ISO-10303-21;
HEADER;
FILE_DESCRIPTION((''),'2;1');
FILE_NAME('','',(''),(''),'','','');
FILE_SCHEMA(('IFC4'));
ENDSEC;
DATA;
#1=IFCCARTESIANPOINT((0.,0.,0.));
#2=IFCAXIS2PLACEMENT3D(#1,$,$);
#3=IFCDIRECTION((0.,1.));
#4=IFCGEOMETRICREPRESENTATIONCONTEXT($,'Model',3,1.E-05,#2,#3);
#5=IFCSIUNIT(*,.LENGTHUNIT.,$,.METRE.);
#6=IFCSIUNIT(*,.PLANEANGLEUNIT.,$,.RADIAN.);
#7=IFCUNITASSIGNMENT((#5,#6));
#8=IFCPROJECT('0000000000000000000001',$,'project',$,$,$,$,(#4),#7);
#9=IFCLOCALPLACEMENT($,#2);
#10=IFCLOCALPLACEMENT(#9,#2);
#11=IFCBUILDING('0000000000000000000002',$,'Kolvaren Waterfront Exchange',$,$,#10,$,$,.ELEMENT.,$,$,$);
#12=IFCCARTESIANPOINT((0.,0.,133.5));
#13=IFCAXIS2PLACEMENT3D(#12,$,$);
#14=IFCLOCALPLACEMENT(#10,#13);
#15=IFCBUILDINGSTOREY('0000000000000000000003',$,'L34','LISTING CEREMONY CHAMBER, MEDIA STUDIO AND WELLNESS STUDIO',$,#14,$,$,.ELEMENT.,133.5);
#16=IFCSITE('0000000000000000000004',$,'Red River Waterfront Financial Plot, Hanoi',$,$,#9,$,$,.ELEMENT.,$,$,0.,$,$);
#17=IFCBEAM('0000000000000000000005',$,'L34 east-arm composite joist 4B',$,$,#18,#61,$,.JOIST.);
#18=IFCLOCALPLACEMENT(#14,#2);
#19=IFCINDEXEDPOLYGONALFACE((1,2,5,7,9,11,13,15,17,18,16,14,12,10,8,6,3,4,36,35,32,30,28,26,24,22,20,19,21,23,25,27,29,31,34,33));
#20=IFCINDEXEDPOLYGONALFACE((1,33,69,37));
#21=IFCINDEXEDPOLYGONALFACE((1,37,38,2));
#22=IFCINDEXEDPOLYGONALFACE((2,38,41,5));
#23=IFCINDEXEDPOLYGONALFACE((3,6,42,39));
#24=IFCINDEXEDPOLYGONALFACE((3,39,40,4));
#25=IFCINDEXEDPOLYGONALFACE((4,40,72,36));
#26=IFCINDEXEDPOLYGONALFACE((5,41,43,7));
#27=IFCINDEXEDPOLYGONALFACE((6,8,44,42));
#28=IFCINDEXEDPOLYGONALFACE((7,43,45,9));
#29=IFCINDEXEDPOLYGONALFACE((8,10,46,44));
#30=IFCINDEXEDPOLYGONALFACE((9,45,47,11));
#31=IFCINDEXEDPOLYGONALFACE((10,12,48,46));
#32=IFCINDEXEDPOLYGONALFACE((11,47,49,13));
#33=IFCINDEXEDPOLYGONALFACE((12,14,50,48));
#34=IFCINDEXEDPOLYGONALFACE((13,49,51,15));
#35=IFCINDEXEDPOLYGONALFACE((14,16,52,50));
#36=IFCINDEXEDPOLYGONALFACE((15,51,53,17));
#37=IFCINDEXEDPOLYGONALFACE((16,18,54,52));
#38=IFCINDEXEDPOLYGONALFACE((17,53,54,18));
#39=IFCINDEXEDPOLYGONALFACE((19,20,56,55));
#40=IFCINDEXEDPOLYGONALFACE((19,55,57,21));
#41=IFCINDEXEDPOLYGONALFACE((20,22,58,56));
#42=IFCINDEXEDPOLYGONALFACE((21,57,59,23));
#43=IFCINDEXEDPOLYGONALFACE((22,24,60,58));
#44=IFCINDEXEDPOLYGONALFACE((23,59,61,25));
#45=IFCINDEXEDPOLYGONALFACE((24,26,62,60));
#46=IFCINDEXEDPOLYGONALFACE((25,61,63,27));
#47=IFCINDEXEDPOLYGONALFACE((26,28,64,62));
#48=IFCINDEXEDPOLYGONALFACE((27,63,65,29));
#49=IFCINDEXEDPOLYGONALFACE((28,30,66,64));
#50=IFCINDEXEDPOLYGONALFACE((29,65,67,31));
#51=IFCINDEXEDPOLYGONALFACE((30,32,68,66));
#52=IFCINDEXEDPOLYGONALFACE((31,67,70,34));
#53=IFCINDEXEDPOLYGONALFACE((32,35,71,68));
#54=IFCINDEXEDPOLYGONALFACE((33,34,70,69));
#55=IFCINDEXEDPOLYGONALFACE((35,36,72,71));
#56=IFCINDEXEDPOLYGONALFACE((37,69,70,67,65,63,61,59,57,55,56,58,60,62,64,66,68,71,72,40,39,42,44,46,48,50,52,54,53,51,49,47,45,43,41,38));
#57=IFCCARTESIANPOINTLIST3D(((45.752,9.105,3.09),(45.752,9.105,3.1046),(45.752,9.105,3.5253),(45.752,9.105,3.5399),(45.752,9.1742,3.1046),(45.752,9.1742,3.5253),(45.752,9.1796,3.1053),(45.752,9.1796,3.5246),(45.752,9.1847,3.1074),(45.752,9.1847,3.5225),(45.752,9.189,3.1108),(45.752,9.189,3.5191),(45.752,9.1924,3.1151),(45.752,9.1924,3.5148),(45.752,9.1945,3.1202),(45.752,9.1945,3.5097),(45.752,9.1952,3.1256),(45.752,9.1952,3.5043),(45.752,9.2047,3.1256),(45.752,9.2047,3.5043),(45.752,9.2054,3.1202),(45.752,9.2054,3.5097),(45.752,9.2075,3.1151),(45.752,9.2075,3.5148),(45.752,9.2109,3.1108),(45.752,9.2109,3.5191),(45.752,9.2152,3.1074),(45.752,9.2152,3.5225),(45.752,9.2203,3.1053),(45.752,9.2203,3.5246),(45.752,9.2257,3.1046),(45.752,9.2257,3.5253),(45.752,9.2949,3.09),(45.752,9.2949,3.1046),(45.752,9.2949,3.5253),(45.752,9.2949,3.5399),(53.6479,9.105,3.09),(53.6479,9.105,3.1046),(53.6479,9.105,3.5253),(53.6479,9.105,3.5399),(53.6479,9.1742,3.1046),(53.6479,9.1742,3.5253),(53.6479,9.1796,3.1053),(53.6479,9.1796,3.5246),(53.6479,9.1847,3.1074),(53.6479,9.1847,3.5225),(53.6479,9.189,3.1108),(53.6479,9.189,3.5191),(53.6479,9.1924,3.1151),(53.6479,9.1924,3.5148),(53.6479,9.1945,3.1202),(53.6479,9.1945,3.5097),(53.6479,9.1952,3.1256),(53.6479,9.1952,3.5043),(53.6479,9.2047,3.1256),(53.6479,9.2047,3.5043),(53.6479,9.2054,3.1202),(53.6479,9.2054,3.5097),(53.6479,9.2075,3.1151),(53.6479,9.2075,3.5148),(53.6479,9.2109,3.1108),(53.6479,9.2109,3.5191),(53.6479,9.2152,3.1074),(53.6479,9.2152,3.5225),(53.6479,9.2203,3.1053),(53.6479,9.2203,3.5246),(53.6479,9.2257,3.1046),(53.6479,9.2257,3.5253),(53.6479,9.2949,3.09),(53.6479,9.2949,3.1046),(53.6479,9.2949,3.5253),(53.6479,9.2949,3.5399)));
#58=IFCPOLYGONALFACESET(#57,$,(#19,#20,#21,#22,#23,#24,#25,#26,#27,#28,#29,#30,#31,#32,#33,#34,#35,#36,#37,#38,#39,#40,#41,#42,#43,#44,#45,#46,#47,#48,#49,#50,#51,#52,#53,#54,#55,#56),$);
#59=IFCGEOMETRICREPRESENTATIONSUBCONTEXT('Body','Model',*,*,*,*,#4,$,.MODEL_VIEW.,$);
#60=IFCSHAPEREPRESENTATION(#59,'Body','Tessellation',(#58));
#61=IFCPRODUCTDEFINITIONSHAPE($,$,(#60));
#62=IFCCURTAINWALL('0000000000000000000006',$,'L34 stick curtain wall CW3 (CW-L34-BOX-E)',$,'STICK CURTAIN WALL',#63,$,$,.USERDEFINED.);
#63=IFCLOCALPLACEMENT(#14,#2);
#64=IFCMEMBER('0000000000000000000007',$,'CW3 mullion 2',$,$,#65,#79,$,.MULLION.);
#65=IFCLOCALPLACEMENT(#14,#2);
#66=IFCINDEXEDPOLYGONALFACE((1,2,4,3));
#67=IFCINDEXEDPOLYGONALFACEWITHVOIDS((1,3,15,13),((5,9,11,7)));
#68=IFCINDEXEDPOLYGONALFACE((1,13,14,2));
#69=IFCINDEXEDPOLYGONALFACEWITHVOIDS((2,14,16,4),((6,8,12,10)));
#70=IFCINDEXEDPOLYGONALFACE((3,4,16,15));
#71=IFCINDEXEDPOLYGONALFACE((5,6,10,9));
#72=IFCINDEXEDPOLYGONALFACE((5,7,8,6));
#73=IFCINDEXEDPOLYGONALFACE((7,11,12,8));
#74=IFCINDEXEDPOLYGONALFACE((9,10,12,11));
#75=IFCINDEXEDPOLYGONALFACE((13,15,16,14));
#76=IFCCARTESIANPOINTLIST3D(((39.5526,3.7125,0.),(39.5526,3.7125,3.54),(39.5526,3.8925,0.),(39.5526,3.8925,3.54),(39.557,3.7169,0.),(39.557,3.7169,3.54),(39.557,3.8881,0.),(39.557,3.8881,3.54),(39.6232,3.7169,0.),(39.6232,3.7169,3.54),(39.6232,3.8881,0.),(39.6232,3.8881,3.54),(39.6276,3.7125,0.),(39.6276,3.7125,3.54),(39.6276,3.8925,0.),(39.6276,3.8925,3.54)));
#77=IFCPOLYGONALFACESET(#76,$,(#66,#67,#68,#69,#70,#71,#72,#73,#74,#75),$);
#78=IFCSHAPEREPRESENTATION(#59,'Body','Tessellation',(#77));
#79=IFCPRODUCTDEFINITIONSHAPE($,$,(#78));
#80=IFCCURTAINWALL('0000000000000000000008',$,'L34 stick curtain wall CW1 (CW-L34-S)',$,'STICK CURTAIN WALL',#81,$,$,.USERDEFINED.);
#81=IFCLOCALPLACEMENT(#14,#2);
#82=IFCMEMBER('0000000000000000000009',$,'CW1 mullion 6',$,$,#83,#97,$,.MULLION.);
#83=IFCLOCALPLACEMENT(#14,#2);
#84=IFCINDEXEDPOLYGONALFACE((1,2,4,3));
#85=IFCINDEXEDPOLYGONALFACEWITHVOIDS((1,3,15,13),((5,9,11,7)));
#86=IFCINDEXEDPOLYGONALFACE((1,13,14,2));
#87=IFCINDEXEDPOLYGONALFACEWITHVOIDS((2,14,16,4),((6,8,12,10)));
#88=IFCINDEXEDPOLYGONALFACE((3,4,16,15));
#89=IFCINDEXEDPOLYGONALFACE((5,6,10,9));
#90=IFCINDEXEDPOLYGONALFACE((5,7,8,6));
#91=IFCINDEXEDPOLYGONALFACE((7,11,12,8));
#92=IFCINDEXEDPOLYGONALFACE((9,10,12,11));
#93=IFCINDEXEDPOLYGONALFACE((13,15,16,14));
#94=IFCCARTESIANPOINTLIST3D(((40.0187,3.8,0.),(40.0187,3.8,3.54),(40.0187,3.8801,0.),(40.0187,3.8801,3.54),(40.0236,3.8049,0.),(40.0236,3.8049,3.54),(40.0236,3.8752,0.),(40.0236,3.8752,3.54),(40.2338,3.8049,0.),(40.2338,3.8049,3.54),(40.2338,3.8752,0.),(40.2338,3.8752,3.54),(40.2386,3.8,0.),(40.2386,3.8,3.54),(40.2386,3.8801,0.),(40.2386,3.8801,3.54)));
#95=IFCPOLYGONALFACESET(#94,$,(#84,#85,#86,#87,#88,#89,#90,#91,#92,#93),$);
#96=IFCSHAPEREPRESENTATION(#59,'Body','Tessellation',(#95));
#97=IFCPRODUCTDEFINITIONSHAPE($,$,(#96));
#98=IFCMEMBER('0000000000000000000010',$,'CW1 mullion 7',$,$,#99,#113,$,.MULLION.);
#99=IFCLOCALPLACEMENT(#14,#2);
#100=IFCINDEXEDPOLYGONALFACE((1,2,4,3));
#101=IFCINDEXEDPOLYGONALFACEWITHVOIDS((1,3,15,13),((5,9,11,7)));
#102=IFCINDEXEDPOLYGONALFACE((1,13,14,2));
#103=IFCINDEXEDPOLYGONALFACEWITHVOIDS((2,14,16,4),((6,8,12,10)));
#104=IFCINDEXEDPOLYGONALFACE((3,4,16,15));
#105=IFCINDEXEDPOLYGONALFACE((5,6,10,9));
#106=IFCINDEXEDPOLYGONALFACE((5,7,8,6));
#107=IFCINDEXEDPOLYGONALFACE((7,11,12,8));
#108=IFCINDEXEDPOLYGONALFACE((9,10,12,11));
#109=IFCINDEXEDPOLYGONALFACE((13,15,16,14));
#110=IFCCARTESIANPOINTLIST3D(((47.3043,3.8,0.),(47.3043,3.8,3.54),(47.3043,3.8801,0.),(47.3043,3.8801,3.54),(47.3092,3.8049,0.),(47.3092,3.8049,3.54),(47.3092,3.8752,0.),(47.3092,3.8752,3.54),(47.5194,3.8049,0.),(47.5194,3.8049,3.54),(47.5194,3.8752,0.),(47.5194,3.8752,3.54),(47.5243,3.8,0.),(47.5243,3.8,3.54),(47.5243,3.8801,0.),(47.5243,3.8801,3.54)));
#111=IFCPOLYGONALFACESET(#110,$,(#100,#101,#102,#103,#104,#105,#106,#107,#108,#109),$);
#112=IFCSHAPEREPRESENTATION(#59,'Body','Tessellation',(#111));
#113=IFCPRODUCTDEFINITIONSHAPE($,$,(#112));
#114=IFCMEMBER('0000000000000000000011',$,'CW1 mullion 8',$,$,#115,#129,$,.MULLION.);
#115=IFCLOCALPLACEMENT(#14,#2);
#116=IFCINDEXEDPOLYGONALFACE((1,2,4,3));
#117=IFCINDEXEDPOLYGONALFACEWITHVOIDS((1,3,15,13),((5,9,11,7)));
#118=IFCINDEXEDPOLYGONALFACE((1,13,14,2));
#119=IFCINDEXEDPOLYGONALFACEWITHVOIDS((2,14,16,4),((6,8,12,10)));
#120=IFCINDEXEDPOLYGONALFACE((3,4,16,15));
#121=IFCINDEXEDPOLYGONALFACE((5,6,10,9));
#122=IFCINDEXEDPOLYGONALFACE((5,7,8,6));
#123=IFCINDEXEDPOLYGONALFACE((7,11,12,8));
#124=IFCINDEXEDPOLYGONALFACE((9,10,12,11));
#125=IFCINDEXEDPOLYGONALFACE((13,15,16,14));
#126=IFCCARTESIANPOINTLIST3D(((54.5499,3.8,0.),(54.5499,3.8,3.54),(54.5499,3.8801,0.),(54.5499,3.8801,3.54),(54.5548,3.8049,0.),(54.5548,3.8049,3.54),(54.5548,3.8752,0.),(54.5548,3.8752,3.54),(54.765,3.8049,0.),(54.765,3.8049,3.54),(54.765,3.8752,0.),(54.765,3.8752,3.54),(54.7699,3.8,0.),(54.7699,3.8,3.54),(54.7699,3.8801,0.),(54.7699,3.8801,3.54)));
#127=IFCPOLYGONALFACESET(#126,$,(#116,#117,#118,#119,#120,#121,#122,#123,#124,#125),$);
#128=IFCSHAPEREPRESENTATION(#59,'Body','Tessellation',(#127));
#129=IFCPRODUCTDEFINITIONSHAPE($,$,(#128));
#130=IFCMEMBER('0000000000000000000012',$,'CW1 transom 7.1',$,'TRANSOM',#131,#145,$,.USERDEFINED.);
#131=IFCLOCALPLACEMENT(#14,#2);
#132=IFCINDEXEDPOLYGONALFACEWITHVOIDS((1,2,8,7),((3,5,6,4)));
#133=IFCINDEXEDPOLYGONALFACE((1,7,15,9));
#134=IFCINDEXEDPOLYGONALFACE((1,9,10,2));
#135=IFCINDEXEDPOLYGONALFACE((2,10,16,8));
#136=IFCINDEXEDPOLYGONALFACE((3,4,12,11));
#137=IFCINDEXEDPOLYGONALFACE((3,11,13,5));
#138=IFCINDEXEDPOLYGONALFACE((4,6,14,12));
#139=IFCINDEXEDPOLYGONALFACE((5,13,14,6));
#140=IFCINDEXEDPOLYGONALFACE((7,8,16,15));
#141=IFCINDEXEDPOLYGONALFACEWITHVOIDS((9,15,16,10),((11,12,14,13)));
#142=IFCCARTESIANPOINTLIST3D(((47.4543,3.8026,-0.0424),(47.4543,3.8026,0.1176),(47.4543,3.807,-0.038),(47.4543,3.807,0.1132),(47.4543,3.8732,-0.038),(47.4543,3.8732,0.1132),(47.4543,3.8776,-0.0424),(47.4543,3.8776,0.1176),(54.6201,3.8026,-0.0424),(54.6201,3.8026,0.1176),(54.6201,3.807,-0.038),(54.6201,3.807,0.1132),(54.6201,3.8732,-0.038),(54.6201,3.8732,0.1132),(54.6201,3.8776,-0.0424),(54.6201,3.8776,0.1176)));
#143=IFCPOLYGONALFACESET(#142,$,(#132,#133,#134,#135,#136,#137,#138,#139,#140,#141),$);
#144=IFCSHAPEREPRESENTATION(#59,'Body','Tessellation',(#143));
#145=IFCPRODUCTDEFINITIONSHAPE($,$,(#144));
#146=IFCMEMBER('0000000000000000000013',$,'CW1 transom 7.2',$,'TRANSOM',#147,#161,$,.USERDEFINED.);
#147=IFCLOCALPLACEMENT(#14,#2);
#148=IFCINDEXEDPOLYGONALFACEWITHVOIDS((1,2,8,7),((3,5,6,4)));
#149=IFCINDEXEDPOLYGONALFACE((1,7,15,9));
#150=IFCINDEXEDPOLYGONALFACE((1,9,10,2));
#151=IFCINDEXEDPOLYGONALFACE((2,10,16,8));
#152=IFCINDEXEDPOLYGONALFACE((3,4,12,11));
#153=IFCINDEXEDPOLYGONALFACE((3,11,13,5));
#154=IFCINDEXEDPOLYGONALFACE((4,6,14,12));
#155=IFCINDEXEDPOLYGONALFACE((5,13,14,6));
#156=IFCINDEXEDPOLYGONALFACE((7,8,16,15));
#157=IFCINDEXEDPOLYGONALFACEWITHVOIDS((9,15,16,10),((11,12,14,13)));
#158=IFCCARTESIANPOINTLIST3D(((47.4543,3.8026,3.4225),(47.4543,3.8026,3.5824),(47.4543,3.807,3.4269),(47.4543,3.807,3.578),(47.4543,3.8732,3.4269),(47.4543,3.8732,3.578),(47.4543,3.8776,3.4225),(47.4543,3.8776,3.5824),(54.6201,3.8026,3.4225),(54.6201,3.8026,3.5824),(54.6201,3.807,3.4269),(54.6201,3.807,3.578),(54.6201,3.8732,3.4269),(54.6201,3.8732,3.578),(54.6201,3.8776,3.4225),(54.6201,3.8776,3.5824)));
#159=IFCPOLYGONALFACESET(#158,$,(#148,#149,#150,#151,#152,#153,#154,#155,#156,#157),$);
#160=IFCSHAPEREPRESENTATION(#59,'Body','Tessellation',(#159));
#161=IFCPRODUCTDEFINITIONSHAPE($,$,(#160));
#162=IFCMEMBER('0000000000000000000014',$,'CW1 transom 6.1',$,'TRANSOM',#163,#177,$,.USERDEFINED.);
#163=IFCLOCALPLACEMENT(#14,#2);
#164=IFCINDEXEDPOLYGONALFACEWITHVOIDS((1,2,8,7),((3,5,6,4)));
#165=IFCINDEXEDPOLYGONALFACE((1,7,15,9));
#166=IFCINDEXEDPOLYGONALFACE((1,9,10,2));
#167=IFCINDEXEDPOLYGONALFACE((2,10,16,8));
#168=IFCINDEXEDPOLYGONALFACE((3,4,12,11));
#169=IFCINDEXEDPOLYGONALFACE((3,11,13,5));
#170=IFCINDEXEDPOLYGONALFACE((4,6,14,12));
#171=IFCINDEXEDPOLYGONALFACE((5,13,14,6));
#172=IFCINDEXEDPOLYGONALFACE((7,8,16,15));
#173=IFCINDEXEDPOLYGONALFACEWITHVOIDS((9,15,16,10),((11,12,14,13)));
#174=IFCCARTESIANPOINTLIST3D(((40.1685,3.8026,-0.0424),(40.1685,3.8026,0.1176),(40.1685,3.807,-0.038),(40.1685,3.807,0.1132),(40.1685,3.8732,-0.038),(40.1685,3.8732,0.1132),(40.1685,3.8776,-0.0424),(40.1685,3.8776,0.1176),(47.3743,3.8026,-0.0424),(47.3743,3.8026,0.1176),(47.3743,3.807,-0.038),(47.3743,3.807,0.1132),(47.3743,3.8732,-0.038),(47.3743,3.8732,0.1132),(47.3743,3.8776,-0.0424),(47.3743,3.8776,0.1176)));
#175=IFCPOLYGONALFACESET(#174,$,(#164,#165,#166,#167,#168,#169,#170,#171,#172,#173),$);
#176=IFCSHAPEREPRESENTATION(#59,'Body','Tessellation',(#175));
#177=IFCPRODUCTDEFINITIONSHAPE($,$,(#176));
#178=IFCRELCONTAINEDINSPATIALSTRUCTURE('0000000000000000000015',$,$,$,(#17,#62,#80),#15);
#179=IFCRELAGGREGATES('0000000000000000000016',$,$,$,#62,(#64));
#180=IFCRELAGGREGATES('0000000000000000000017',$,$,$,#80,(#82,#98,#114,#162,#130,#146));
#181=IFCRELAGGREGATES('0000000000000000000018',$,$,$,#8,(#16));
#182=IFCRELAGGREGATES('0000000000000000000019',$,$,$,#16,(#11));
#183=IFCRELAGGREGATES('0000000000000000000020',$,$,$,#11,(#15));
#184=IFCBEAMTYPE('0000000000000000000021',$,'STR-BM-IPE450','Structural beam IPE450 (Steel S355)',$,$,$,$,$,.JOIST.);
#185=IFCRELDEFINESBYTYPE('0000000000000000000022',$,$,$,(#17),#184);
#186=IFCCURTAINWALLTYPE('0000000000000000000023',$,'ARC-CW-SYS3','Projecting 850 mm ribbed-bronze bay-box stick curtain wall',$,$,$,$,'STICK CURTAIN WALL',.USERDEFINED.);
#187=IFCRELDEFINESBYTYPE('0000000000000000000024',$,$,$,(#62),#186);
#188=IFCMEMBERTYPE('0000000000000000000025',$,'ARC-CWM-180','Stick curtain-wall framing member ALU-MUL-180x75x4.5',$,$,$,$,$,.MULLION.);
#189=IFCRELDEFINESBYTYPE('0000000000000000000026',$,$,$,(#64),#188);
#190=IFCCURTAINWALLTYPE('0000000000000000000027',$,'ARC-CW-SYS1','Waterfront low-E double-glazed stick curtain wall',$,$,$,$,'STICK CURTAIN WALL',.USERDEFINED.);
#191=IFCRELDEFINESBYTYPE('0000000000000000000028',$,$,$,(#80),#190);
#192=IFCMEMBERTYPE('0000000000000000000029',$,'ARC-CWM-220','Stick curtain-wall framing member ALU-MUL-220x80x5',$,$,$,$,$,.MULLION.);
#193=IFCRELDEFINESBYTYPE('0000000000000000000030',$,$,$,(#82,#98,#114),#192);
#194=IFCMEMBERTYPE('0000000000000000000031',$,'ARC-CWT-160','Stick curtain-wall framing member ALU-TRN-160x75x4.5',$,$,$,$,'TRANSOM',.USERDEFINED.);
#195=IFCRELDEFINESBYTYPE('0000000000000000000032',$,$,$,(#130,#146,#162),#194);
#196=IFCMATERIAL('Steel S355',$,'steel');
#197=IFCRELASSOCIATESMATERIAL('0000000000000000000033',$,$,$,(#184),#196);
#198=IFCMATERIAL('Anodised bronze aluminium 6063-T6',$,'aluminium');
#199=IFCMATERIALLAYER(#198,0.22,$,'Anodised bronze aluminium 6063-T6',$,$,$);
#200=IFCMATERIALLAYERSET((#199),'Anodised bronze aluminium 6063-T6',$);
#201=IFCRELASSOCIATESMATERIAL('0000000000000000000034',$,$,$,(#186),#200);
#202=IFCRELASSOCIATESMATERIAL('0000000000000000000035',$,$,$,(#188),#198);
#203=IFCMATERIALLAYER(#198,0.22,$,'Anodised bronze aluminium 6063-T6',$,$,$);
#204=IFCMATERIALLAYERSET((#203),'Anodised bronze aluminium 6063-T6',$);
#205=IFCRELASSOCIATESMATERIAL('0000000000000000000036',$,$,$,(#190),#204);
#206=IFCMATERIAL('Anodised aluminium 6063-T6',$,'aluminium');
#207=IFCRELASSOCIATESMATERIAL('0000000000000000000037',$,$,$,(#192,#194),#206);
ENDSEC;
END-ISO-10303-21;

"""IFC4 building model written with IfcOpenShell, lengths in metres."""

from ifc_helpers import new_model, si_unit, direction, frame, origin, origin_with_axes, origin_2d, place, context, subcontext, project, spatial, hollow_rectangle, i_section, extrude, source, transform, mapped, material, layer, layer_set, material_profile, profile_set, type_object, element, aggregate, save


model = new_model("IFC4")

# Units and contexts
model_context = context("Model", 3, precision=1e-05, world=origin(), true_north=direction((0.0, 1.0)))
body_context = subcontext(model_context, "Body", "Model", "MODEL_VIEW")
ifc_project = project(units=[si_unit("LENGTHUNIT", "METRE"), si_unit("PLANEANGLEUNIT", "RADIAN")], contexts=[model_context])

# Site, building, storey
site_placement = place(None, origin())
site = spatial("IfcSite", under=ifc_project, at=site_placement, Name="Red River Waterfront Financial Plot, Hanoi", CompositionType="ELEMENT", RefElevation=0.0)
building_placement = place(site_placement, origin())
building = spatial("IfcBuilding", under=site, at=building_placement, Name="Kolvaren Waterfront Exchange", CompositionType="ELEMENT")
storey_placement = place(building_placement, frame((0.0, 0.0, 133.5)))
storey = spatial("IfcBuildingStorey", under=building, at=storey_placement, Name="L34", Description="LISTING CEREMONY CHAMBER, MEDIA STUDIO AND WELLNESS STUDIO", CompositionType="ELEMENT", Elevation=133.5)

# Beam
ifc_material_1 = material(Name="Steel S355", Category="steel")
ifc_material_profile_1 = material_profile(ifc_material_1, i_section(OverallWidth=0.1899, OverallDepth=0.45, WebThickness=0.0095, FlangeThickness=0.0146, FilletRadius=0.021, at=origin_2d()), Name="IPE450")
ifc_profile_set_1 = profile_set([ifc_material_profile_1], Name="Steel S355")
beam_type_1 = type_object("IfcBeamType", Name="STR-BM-IPE450", Description="Structural beam IPE450 (Steel S355)", PredefinedType="JOIST", material=ifc_profile_set_1)
beam_1_placement = place(storey_placement, frame((45.752, 9.2, 3.3149), z_axis=(1.0, 0.0, 0.0), x_axis=(0.0, 1.0, 0.0)))
element("IfcBeam", 1, at=beam_1_placement, inside=storey, type_object=beam_type_1, Name="L34 east-arm composite joist 4B", PredefinedType="JOIST", context=body_context, shape_type="SweptSolid", body=[
    extrude(i_section(OverallWidth=0.1899, OverallDepth=0.45, WebThickness=0.0095, FlangeThickness=0.0146, FilletRadius=0.021, at=origin_2d()), origin(), (0.0, 0.0, 1.0), 7.896),
])

# Curtain wall, member
ifc_material_2 = material(Name="Anodised bronze aluminium 6063-T6", Category="aluminium")
ifc_layer_1 = layer(ifc_material_2, 0.22, Name="Anodised bronze aluminium 6063-T6")
ifc_layer_set_1 = layer_set([ifc_layer_1], Name="Anodised bronze aluminium 6063-T6")
curtain_wall_type_1 = type_object("IfcCurtainWallType", Name="ARC-CW-SYS3", Description="Projecting 850 mm ribbed-bronze bay-box stick curtain wall", ElementType="STICK CURTAIN WALL", PredefinedType="USERDEFINED", material=ifc_layer_set_1)
curtain_wall_1_placement = place(storey_placement, origin())
curtain_wall_1 = element("IfcCurtainWall", 2, at=curtain_wall_1_placement, inside=storey, type_object=curtain_wall_type_1, Name="L34 stick curtain wall CW3 (CW-L34-BOX-E)", ObjectType="STICK CURTAIN WALL", PredefinedType="USERDEFINED")
ifc_material_profile_2 = material_profile(ifc_material_2, hollow_rectangle(XDim=0.075, YDim=0.1799, WallThickness=0.0044, at=origin_2d()), Name="ALU-MUL-180x75x4.5")
ifc_profile_set_2 = profile_set([ifc_material_profile_2], Name="Anodised bronze aluminium 6063-T6")
member_type_1 = type_object("IfcMemberType", Name="ARC-CWM-180", Description="Stick curtain-wall framing member ALU-MUL-180x75x4.5", PredefinedType="MULLION", material=ifc_profile_set_2)
shared_shape_1 = source(origin_with_axes(), body_context, "Body", "SweptSolid", [
    extrude(hollow_rectangle(XDim=0.075, YDim=0.1799, WallThickness=0.0044, at=origin_2d()), origin(), (0.0, 0.0, 1.0), 3.54),
])
member_1_placement = place(storey_placement, frame((39.5901, 3.8025, 0.0), z_axis=(0.0, 0.0, 1.0), x_axis=(-1.0, 0.0, 0.0)))
member_1 = element("IfcMember", 3, at=member_1_placement, type_object=member_type_1, Name="CW3 mullion 2", PredefinedType="MULLION", context=body_context, shape_type="MappedRepresentation", body=[
    mapped(shared_shape_1, transform((0.0, 0.0, 0.0), x_axis=(1.0, 0.0, 0.0), y_axis=(0.0, 1.0, 0.0), z_axis=(0.0, 0.0, 1.0), scale=1.0)),
])

# Curtain wall, members
ifc_layer_2 = layer(ifc_material_2, 0.22, Name="Anodised bronze aluminium 6063-T6")
ifc_layer_set_2 = layer_set([ifc_layer_2], Name="Anodised bronze aluminium 6063-T6")
curtain_wall_type_2 = type_object("IfcCurtainWallType", Name="ARC-CW-SYS1", Description="Waterfront low-E double-glazed stick curtain wall", ElementType="STICK CURTAIN WALL", PredefinedType="USERDEFINED", material=ifc_layer_set_2)
curtain_wall_2_placement = place(storey_placement, origin())
curtain_wall_2 = element("IfcCurtainWall", 4, at=curtain_wall_2_placement, inside=storey, type_object=curtain_wall_type_2, Name="L34 stick curtain wall CW1 (CW-L34-S)", ObjectType="STICK CURTAIN WALL", PredefinedType="USERDEFINED")
ifc_material_3 = material(Name="Anodised aluminium 6063-T6", Category="aluminium")
ifc_material_profile_3 = material_profile(ifc_material_3, hollow_rectangle(XDim=0.0801, YDim=0.22, WallThickness=0.0049, at=origin_2d()), Name="ALU-MUL-220x80x5")
ifc_profile_set_3 = profile_set([ifc_material_profile_3], Name="Anodised aluminium 6063-T6")
member_type_2 = type_object("IfcMemberType", Name="ARC-CWM-220", Description="Stick curtain-wall framing member ALU-MUL-220x80x5", PredefinedType="MULLION", material=ifc_profile_set_3)
shared_shape_2 = source(origin_with_axes(), body_context, "Body", "SweptSolid", [
    extrude(hollow_rectangle(XDim=0.0801, YDim=0.22, WallThickness=0.0049, at=origin_2d()), origin(), (0.0, 0.0, 1.0), 3.54),
])
member_2_placement = place(storey_placement, frame((40.1287, 3.8401, 0.0), z_axis=(0.0, 0.0, 1.0), x_axis=(0.0, 1.0, 0.0)))
member_2 = element("IfcMember", 5, at=member_2_placement, type_object=member_type_2, Name="CW1 mullion 6", PredefinedType="MULLION", context=body_context, shape_type="MappedRepresentation", body=[
    mapped(shared_shape_2, transform((0.0, 0.0, 0.0), x_axis=(1.0, 0.0, 0.0), y_axis=(0.0, 1.0, 0.0), z_axis=(0.0, 0.0, 1.0), scale=1.0)),
])
member_3_placement = place(storey_placement, frame((47.4143, 3.8401, 0.0), z_axis=(0.0, 0.0, 1.0), x_axis=(0.0, 1.0, 0.0)))
member_3 = element("IfcMember", 6, at=member_3_placement, type_object=member_type_2, Name="CW1 mullion 7", PredefinedType="MULLION", context=body_context, shape_type="MappedRepresentation", body=[
    mapped(shared_shape_2, transform((0.0, 0.0, 0.0), x_axis=(1.0, 0.0, 0.0), y_axis=(0.0, 1.0, 0.0), z_axis=(0.0, 0.0, 1.0), scale=1.0)),
])
member_4_placement = place(storey_placement, frame((54.6599, 3.8401, 0.0), z_axis=(0.0, 0.0, 1.0), x_axis=(0.0, 1.0, 0.0)))
member_4 = element("IfcMember", 7, at=member_4_placement, type_object=member_type_2, Name="CW1 mullion 8", PredefinedType="MULLION", context=body_context, shape_type="MappedRepresentation", body=[
    mapped(shared_shape_2, transform((0.0, 0.0, 0.0), x_axis=(1.0, 0.0, 0.0), y_axis=(0.0, 1.0, 0.0), z_axis=(0.0, 0.0, 1.0), scale=1.0)),
])
ifc_material_profile_4 = material_profile(ifc_material_3, hollow_rectangle(XDim=0.075, YDim=0.1599, WallThickness=0.0044, at=origin_2d()), Name="ALU-TRN-160x75x4.5")
ifc_profile_set_4 = profile_set([ifc_material_profile_4], Name="Anodised aluminium 6063-T6")
member_type_3 = type_object("IfcMemberType", Name="ARC-CWT-160", Description="Stick curtain-wall framing member ALU-TRN-160x75x4.5", ElementType="TRANSOM", PredefinedType="USERDEFINED", material=ifc_profile_set_4)
shared_shape_3 = source(origin_with_axes(), body_context, "Body", "SweptSolid", [
    extrude(hollow_rectangle(XDim=0.075, YDim=0.1599, WallThickness=0.0044, at=origin_2d()), origin(), (0.0, 0.0, 1.0), 7.1658),
])
member_5_placement = place(storey_placement, frame((47.4543, 3.8401, 0.0376), z_axis=(1.0, 0.0, 0.0), x_axis=(0.0, 1.0, 0.0)))
member_5 = element("IfcMember", 8, at=member_5_placement, type_object=member_type_3, Name="CW1 transom 7.1", ObjectType="TRANSOM", PredefinedType="USERDEFINED", context=body_context, shape_type="MappedRepresentation", body=[
    mapped(shared_shape_3, transform((0.0, 0.0, 0.0), x_axis=(1.0, 0.0, 0.0), y_axis=(0.0, 1.0, 0.0), z_axis=(0.0, 0.0, 1.0), scale=1.0)),
])
member_6_placement = place(storey_placement, frame((47.4543, 3.8401, 3.5024), z_axis=(1.0, 0.0, 0.0), x_axis=(0.0, 1.0, 0.0)))
member_6 = element("IfcMember", 9, at=member_6_placement, type_object=member_type_3, Name="CW1 transom 7.2", ObjectType="TRANSOM", PredefinedType="USERDEFINED", context=body_context, shape_type="MappedRepresentation", body=[
    mapped(shared_shape_3, transform((0.0, 0.0, 0.0), x_axis=(1.0, 0.0, 0.0), y_axis=(0.0, 1.0, 0.0), z_axis=(0.0, 0.0, 1.0), scale=1.0)),
])
shared_shape_4 = source(origin_with_axes(), body_context, "Body", "SweptSolid", [
    extrude(hollow_rectangle(XDim=0.075, YDim=0.1599, WallThickness=0.0044, at=origin_2d()), origin(), (0.0, 0.0, 1.0), 7.2058),
])
member_7_placement = place(storey_placement, frame((40.1685, 3.8401, 0.0376), z_axis=(1.0, 0.0, 0.0), x_axis=(0.0, 1.0, 0.0)))
member_7 = element("IfcMember", 10, at=member_7_placement, type_object=member_type_3, Name="CW1 transom 6.1", ObjectType="TRANSOM", PredefinedType="USERDEFINED", context=body_context, shape_type="MappedRepresentation", body=[
    mapped(shared_shape_4, transform((0.0, 0.0, 0.0), x_axis=(1.0, 0.0, 0.0), y_axis=(0.0, 1.0, 0.0), z_axis=(0.0, 0.0, 1.0), scale=1.0)),
])

aggregate(curtain_wall_1, [member_1])
aggregate(curtain_wall_2, [member_2, member_3, member_4, member_7, member_5, member_6])

save(model, "model.ifc")
